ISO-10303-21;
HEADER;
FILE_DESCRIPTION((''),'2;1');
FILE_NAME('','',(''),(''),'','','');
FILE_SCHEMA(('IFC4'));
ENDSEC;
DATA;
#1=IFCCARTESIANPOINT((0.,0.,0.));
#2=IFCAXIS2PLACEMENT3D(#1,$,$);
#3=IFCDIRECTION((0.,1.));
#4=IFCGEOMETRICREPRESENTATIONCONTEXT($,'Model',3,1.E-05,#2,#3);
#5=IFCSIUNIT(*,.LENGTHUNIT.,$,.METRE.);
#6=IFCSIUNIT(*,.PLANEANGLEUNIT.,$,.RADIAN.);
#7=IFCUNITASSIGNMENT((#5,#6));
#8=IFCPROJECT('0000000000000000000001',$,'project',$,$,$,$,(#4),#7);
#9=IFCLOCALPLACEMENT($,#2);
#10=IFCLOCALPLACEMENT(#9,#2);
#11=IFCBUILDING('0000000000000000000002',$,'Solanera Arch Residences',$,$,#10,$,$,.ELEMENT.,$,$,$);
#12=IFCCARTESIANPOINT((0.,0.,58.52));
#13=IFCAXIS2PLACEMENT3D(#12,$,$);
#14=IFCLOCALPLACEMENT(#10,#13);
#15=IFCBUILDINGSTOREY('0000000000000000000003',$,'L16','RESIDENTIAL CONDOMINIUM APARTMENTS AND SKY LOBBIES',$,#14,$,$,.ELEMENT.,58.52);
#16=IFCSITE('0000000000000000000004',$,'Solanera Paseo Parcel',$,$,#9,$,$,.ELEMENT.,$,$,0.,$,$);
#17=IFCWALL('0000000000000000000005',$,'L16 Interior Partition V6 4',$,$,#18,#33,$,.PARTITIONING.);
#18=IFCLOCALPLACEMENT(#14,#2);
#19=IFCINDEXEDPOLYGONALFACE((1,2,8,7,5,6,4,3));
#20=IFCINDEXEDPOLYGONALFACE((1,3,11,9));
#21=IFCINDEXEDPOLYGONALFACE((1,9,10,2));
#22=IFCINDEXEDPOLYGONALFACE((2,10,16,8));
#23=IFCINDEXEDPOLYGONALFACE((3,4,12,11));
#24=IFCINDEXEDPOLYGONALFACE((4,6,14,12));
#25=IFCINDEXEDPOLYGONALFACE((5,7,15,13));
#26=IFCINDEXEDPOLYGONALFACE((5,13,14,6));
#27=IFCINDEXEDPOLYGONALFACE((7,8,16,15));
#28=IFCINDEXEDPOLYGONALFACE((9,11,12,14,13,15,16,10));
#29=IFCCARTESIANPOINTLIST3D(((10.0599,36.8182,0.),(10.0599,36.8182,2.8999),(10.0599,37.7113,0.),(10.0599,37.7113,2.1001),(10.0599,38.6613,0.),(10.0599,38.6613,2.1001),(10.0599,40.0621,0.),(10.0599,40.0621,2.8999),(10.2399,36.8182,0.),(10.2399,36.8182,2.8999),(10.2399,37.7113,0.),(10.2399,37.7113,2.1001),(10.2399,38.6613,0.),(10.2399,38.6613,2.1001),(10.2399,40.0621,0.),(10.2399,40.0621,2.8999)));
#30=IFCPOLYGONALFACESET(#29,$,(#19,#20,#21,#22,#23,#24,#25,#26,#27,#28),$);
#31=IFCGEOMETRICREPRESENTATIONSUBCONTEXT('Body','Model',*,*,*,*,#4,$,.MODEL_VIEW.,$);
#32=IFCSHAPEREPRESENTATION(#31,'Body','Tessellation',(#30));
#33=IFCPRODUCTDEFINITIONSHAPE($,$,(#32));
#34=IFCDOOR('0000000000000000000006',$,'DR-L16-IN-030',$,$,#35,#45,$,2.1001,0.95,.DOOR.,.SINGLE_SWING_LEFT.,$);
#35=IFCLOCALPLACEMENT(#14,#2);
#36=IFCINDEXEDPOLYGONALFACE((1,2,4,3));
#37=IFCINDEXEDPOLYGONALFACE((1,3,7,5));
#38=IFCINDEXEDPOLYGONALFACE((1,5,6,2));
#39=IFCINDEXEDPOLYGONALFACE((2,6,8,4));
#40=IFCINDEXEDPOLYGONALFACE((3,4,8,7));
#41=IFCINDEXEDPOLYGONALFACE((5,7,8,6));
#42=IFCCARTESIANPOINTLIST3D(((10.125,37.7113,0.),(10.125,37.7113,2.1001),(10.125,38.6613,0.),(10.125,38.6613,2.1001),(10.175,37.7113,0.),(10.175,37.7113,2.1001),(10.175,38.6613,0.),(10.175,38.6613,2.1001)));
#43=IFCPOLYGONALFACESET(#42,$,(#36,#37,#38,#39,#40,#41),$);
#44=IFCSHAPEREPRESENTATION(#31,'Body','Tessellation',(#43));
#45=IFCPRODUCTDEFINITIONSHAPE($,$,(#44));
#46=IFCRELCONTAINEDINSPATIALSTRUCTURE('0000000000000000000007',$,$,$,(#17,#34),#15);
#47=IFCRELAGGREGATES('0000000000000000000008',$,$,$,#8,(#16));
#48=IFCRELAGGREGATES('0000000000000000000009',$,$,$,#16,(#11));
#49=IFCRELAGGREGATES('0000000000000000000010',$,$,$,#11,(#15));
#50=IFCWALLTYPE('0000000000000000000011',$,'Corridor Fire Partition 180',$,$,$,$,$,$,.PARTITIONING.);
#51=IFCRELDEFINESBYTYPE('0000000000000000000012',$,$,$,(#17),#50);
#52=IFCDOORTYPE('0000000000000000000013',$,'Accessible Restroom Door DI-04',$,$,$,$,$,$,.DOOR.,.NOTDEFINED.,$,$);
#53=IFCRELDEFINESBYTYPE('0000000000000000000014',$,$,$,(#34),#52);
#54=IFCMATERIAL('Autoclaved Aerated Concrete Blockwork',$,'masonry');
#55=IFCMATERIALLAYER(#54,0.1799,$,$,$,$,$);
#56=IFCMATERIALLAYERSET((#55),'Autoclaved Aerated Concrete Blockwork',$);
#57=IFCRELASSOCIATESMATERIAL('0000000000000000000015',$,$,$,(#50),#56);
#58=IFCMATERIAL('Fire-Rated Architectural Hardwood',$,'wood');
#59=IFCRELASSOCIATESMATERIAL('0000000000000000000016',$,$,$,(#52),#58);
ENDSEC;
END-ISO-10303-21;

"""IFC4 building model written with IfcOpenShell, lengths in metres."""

from ifc_helpers import new_model, si_unit, direction, frame, frame_2d, origin, place, context, subcontext, project, spatial, rectangle, extrude, material, layer, layer_set, type_object, element, fill, save


model = new_model("IFC4")

# Units and contexts
model_context = context("Model", 3, precision=1e-05, world=origin(), true_north=direction((0.0, 1.0)))
body_context = subcontext(model_context, "Body", "Model", "MODEL_VIEW")
ifc_project = project(units=[si_unit("LENGTHUNIT", "METRE"), si_unit("PLANEANGLEUNIT", "RADIAN")], contexts=[model_context])

# Site, building, storey
site_placement = place(None, origin())
site = spatial("IfcSite", under=ifc_project, at=site_placement, Name="Solanera Paseo Parcel", CompositionType="ELEMENT", RefElevation=0.0)
building_placement = place(site_placement, origin())
building = spatial("IfcBuilding", under=site, at=building_placement, Name="Solanera Arch Residences", CompositionType="ELEMENT")
storey_placement = place(building_placement, frame((0.0, 0.0, 58.52)))
storey = spatial("IfcBuildingStorey", under=building, at=storey_placement, Name="L16", Description="RESIDENTIAL CONDOMINIUM APARTMENTS AND SKY LOBBIES", CompositionType="ELEMENT", Elevation=58.52)

# Shared definitions
ifc_material_1 = material(Name="Autoclaved Aerated Concrete Blockwork", Category="masonry")
ifc_layer_1 = layer(ifc_material_1, 0.1799)
ifc_layer_set_1 = layer_set([ifc_layer_1], Name="Autoclaved Aerated Concrete Blockwork")
wall_type_1 = type_object("IfcWallType", Name="Corridor Fire Partition 180", PredefinedType="PARTITIONING", material=ifc_layer_set_1)

# Wall, opening, door
wall_1_placement = place(storey_placement, frame((10.1499, 36.8181, 0.0), z_axis=(0.0, 0.0, 1.0), x_axis=(0.0, 1.0, 0.0)))
wall_1 = element("IfcWall", 1, at=wall_1_placement, inside=storey, type_object=wall_type_1, Name="L16 Interior Partition V6 4", PredefinedType="PARTITIONING", context=body_context, shape_type="SweptSolid", body=[
    extrude(rectangle(XDim=3.2439, YDim=0.1799, at=frame_2d((1.6221, 0.0))), origin(), (0.0, 0.0, 1.0), 2.8999),
])
opening_1_placement = place(wall_1_placement, frame((0.8931, 0.0, 0.0)))
opening_1 = element("IfcOpeningElement", 2, at=opening_1_placement, cuts=wall_1, PredefinedType="OPENING", context=body_context, shape_type="SweptSolid", body=[
    extrude(rectangle(XDim=0.95, YDim=2.1001, at=frame_2d((0.4751, 1.05))), frame((0.0, 0.1001, 0.0), z_axis=(0.0, -1.0, 0.0), x_axis=(1.0, 0.0, 0.0)), (0.0, 0.0, 1.0), 0.1999),
])
ifc_material_2 = material(Name="Fire-Rated Architectural Hardwood", Category="wood")
door_type_1 = type_object("IfcDoorType", Name="Accessible Restroom Door DI-04", OperationType="NOTDEFINED", PredefinedType="DOOR", material=ifc_material_2)
door_1_placement = place(opening_1_placement, origin())
door_1 = element("IfcDoor", 3, at=door_1_placement, inside=storey, type_object=door_type_1, Name="DR-L16-IN-030", OperationType="SINGLE_SWING_LEFT", OverallHeight=2.1001, OverallWidth=0.95, PredefinedType="DOOR", context=body_context, shape_type="SweptSolid", body=[
    extrude(rectangle(XDim=0.95, YDim=2.1001, at=frame_2d((0.4751, 1.05))), frame((0.0, 0.0249, 0.0), z_axis=(0.0, -1.0, 0.0), x_axis=(1.0, 0.0, 0.0)), (0.0, 0.0, 1.0), 0.05),
])
fill(opening_1, door_1)

save(model, "model.ifc")
